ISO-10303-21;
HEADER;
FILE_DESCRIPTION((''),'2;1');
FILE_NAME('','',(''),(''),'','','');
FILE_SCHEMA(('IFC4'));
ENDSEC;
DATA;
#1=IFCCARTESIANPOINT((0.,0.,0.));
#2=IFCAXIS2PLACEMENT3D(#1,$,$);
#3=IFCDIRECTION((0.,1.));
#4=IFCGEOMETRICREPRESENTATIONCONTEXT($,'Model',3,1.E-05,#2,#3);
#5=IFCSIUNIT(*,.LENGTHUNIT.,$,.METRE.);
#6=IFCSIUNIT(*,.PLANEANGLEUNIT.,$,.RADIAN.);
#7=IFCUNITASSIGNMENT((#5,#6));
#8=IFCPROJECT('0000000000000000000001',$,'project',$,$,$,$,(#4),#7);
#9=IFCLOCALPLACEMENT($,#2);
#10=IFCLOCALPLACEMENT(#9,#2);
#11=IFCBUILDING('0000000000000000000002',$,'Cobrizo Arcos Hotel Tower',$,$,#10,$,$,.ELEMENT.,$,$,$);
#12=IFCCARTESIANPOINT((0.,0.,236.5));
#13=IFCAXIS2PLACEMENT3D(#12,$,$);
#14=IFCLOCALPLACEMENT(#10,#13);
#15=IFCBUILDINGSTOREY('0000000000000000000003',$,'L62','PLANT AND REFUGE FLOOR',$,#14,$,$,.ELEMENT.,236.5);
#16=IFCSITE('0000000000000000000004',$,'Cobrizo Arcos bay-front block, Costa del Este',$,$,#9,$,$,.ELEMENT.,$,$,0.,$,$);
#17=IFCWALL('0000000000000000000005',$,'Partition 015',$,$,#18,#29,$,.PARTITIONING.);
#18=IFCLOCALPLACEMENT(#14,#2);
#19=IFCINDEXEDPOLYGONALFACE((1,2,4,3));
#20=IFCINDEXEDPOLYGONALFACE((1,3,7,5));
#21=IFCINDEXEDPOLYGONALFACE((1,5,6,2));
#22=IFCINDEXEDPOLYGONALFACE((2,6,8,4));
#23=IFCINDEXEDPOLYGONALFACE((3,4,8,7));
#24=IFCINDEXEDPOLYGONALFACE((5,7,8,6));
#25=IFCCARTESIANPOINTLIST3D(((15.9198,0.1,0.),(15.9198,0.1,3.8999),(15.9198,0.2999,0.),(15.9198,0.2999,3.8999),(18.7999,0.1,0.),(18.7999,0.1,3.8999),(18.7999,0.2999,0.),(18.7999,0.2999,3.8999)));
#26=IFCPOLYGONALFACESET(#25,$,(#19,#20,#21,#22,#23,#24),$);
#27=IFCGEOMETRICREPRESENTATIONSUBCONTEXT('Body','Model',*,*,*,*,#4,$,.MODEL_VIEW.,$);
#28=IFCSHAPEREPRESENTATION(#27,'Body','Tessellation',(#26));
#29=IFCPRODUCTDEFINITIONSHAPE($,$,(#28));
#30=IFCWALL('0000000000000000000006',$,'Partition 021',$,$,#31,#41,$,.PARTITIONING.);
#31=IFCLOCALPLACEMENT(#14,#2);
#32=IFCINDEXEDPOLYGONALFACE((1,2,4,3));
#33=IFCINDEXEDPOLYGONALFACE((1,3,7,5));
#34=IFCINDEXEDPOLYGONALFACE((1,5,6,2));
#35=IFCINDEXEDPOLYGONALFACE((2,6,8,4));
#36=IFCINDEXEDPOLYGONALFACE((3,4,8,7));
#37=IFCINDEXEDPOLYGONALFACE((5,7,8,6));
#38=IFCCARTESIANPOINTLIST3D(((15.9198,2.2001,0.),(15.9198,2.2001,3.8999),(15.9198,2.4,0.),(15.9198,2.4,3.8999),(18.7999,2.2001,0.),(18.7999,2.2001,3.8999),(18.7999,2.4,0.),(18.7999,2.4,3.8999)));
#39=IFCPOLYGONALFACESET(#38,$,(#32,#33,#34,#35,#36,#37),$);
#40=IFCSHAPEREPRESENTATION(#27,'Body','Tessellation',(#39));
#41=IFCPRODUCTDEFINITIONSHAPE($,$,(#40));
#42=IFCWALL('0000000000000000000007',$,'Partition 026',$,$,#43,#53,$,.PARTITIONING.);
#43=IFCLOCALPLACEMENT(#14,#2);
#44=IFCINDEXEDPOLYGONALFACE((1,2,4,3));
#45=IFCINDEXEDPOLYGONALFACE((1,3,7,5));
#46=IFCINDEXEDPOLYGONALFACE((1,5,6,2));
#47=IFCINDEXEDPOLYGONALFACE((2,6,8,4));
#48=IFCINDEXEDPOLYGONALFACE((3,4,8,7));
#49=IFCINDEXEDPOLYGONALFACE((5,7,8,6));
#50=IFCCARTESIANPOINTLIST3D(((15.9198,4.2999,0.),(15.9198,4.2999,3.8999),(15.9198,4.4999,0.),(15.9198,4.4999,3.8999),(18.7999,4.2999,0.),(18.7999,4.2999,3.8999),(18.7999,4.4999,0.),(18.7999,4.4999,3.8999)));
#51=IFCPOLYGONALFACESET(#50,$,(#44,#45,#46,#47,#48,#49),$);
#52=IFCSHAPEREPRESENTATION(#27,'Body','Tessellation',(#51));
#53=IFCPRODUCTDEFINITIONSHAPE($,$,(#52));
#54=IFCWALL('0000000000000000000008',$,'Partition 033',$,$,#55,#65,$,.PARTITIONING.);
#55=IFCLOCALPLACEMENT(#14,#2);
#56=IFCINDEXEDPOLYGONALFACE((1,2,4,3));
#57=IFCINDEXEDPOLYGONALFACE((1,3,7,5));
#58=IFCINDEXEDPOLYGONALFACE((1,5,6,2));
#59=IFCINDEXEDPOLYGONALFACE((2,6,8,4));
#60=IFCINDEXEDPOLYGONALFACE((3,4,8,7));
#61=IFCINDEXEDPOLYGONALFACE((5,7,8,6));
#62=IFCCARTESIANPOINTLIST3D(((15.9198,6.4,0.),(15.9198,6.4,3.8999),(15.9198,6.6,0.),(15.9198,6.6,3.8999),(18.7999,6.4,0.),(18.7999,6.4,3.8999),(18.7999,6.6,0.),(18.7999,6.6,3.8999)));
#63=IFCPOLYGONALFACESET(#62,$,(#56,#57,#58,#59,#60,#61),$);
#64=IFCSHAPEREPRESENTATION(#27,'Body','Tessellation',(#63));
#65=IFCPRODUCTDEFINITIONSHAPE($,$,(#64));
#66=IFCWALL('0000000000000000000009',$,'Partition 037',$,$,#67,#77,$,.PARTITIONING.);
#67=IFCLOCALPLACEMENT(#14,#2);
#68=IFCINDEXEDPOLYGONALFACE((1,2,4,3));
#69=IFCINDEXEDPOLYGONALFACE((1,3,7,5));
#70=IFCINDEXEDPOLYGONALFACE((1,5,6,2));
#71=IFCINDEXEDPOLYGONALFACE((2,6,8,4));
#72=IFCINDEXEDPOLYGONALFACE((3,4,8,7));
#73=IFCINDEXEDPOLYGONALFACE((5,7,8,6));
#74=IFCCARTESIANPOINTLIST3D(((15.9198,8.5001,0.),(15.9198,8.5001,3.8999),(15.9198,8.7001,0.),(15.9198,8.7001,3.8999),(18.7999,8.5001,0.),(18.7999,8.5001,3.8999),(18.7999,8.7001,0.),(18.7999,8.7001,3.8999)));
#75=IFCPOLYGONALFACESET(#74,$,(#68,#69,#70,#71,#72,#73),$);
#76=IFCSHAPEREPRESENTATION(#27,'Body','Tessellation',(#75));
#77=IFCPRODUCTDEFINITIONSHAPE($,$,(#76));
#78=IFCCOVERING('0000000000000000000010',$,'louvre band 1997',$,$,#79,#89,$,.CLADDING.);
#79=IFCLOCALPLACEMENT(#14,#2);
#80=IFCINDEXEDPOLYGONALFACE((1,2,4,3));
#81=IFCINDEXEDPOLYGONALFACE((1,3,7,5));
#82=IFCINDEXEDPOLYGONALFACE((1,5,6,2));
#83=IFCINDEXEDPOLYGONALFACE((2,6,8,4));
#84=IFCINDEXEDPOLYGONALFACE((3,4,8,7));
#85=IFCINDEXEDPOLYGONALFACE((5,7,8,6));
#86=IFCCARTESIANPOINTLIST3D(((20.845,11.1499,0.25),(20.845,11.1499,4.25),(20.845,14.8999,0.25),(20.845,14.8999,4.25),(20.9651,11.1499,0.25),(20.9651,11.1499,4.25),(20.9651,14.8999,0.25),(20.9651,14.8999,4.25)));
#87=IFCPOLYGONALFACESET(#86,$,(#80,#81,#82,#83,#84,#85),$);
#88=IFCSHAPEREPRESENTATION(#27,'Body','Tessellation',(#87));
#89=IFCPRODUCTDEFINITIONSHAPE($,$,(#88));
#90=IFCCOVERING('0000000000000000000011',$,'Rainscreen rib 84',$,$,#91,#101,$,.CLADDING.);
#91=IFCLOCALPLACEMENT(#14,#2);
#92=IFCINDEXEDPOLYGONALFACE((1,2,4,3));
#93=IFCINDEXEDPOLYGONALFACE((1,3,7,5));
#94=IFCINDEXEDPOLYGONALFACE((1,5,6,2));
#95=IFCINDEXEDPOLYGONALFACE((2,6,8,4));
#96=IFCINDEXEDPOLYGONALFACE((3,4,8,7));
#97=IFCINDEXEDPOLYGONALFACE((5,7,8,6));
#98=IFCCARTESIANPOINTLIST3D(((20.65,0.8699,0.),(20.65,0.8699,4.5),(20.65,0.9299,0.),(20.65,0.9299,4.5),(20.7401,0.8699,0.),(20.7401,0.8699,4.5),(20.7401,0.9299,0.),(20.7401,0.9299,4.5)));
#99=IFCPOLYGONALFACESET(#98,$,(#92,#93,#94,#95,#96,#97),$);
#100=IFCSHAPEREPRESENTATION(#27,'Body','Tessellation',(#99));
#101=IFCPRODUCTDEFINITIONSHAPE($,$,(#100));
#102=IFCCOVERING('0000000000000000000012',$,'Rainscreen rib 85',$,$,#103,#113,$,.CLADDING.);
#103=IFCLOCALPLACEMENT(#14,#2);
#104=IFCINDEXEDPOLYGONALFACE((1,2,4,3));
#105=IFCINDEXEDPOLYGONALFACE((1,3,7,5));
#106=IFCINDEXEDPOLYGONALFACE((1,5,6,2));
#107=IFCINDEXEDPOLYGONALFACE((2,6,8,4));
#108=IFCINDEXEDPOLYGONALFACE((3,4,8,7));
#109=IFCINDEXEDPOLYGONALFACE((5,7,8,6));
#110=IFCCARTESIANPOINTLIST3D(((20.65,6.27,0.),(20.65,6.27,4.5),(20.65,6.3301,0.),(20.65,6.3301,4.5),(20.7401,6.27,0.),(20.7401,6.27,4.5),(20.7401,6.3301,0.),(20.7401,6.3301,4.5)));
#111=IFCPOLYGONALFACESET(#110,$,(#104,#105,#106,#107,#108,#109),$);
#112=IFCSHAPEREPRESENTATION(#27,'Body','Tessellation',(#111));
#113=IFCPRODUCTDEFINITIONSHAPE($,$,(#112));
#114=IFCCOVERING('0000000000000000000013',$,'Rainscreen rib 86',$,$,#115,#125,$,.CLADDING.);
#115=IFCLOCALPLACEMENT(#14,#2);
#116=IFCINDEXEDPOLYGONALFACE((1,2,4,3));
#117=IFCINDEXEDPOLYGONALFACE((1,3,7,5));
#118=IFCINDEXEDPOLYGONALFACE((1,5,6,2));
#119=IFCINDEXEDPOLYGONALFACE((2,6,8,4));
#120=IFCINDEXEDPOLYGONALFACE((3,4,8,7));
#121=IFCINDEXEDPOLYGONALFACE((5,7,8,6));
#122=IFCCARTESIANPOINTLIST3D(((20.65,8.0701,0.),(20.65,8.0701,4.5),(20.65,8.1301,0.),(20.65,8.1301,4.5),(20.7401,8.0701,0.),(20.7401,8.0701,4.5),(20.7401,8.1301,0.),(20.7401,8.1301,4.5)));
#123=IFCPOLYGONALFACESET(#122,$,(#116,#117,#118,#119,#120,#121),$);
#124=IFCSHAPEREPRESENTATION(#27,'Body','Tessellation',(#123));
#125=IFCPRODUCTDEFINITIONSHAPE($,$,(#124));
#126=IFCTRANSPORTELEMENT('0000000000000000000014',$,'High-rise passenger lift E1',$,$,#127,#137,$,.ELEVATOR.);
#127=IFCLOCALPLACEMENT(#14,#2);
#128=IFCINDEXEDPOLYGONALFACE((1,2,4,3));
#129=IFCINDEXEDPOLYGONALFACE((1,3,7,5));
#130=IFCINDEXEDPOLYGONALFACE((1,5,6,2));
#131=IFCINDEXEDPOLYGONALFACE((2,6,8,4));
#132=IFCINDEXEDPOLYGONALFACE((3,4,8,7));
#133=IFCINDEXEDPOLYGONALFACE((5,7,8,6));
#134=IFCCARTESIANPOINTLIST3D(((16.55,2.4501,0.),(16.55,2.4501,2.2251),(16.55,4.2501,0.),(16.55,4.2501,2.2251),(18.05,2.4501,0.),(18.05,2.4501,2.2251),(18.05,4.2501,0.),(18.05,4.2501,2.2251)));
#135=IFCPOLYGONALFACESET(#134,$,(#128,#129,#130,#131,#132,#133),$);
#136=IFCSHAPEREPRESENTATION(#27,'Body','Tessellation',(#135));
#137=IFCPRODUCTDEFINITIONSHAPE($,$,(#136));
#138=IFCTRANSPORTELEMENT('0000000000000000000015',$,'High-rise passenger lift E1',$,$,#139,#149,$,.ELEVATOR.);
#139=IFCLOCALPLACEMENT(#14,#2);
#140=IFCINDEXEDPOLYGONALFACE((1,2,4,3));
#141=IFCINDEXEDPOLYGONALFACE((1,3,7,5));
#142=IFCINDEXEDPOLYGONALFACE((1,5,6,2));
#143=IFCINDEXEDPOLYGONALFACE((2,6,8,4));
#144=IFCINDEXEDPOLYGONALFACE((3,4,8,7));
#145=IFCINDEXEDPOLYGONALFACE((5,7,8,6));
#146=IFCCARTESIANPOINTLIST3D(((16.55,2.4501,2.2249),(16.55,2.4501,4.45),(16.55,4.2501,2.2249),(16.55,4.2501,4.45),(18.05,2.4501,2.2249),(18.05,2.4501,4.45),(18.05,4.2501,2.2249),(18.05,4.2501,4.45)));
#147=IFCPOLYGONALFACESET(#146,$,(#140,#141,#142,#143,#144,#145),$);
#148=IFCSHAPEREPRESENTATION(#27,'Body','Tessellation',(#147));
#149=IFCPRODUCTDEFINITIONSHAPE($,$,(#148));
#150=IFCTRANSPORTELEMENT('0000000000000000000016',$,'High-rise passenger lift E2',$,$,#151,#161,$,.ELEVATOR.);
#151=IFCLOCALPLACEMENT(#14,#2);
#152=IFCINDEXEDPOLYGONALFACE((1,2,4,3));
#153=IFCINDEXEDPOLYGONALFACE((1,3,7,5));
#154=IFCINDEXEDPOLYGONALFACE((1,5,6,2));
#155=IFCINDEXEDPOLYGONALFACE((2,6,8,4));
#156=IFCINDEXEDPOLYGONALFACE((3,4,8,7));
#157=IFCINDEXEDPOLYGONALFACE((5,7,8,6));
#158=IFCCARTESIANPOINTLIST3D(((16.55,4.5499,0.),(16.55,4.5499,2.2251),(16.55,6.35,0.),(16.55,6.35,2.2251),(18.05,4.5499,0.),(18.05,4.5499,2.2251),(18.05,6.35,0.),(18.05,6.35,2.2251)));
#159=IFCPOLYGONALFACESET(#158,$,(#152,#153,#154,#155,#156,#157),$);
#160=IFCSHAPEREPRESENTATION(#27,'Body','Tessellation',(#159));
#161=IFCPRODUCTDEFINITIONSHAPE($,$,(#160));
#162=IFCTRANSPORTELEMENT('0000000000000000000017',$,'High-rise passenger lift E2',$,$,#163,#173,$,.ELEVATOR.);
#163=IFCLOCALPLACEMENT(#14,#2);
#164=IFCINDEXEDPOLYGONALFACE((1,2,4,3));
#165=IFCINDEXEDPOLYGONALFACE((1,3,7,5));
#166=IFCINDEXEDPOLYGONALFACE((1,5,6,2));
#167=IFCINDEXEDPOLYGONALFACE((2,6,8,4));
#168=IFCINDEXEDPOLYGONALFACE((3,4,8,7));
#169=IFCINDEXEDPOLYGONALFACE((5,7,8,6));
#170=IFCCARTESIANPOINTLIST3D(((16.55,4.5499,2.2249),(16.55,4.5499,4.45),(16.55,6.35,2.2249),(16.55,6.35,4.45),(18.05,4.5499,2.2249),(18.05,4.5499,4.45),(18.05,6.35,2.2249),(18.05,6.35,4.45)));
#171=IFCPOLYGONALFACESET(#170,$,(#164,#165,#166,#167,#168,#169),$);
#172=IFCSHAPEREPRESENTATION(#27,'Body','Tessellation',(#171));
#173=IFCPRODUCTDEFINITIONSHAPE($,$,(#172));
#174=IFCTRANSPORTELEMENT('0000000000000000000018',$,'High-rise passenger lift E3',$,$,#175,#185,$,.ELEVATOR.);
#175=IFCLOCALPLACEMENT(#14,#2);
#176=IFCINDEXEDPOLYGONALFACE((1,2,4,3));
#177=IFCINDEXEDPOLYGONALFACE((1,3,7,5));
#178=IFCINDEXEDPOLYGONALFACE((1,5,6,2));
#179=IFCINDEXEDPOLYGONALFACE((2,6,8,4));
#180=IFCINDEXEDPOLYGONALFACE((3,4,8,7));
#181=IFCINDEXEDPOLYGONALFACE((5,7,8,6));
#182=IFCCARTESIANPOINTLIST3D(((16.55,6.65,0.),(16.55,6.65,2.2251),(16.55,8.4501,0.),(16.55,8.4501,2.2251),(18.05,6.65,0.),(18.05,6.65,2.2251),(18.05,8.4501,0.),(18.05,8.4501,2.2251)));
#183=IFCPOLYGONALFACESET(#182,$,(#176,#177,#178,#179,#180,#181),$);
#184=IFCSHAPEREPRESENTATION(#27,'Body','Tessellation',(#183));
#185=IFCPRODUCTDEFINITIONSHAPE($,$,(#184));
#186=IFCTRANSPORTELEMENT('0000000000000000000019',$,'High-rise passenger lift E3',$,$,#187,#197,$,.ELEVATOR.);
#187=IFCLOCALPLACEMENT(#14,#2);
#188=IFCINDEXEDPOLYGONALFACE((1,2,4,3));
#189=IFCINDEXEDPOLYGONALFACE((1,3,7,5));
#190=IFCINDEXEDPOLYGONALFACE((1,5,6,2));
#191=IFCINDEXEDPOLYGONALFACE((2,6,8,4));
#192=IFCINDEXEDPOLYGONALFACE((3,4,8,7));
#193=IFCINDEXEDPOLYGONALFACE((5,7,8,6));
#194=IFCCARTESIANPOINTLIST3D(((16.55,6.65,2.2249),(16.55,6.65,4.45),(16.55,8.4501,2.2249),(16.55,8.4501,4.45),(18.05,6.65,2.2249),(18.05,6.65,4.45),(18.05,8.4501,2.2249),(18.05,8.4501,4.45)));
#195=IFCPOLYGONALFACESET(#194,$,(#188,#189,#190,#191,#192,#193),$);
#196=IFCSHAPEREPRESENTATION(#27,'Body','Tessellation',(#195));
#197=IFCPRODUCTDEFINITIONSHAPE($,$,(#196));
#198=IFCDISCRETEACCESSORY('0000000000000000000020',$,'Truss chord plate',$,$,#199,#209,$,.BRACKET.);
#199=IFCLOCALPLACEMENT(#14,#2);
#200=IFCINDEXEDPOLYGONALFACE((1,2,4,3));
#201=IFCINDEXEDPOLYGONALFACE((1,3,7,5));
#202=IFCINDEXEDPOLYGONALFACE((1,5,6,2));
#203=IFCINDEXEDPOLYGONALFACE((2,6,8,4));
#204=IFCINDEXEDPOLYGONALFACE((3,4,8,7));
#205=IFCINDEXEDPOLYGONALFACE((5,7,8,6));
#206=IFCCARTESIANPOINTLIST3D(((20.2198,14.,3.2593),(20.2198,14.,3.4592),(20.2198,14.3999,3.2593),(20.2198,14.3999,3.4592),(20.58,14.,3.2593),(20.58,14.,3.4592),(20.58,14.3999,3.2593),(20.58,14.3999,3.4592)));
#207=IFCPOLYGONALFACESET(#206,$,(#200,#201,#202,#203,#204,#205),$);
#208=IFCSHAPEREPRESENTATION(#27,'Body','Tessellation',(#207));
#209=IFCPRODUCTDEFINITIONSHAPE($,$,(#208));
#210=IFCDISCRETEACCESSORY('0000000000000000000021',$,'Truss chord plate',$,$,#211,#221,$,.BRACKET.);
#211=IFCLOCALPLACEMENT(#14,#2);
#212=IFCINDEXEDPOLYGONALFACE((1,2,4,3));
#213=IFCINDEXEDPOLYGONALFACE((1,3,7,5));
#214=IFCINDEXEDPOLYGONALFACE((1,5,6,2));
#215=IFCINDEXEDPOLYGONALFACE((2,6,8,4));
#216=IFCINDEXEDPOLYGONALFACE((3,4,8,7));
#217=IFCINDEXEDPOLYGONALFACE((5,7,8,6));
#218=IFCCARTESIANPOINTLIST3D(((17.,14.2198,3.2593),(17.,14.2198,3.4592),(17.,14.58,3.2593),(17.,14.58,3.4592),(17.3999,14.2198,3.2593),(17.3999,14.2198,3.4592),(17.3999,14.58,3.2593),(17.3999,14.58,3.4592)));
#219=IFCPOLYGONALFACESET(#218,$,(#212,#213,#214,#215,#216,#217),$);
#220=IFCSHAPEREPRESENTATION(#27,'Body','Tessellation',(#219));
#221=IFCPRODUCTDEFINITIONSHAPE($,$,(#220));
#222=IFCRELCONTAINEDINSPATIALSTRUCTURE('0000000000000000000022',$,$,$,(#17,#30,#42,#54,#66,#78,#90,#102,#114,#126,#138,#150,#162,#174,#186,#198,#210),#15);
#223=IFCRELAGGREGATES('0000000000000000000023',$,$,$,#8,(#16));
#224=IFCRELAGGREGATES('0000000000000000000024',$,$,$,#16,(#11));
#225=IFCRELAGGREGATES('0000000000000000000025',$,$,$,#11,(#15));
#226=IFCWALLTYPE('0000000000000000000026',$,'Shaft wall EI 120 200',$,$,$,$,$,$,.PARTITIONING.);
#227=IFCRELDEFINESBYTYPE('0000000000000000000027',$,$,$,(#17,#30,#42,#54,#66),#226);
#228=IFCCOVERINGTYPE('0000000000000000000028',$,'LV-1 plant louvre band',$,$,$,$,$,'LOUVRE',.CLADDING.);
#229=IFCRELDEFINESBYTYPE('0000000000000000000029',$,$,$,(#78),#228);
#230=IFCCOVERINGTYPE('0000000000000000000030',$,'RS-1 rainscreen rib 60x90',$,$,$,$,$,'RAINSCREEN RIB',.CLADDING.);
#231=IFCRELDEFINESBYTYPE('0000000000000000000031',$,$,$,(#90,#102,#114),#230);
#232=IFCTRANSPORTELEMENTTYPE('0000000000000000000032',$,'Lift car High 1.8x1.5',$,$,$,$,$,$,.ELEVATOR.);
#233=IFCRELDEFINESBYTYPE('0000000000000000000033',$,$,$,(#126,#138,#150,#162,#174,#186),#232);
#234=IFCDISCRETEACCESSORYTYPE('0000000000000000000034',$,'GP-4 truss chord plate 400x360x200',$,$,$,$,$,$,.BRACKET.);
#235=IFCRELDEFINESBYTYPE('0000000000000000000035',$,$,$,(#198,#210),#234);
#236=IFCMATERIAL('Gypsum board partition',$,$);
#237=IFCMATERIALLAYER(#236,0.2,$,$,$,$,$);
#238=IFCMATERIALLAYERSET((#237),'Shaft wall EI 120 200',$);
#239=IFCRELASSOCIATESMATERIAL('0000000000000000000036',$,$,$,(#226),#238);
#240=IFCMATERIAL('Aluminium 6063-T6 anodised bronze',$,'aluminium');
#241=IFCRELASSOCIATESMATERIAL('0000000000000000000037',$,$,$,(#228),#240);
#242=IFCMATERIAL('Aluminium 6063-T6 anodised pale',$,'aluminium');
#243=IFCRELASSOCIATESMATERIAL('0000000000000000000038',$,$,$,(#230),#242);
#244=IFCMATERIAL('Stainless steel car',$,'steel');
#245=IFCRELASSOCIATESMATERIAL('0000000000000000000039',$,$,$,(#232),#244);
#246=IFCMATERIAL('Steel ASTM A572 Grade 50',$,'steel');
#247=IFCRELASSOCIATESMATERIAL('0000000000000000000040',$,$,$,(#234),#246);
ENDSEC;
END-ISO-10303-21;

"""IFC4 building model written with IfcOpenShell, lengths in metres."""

from ifc_helpers import new_model, si_unit, direction, frame, frame_2d, origin, origin_2d, place, context, subcontext, project, spatial, rectangle, extrude, material, layer, layer_set, type_object, element, save


model = new_model("IFC4")

# Units and contexts
model_context = context("Model", 3, precision=1e-05, world=origin(), true_north=direction((0.0, 1.0)))
body_context = subcontext(model_context, "Body", "Model", "MODEL_VIEW")
ifc_project = project(units=[si_unit("LENGTHUNIT", "METRE"), si_unit("PLANEANGLEUNIT", "RADIAN")], contexts=[model_context])

# Site, building, storey
site_placement = place(None, origin())
site = spatial("IfcSite", under=ifc_project, at=site_placement, Name="Cobrizo Arcos bay-front block, Costa del Este", CompositionType="ELEMENT", RefElevation=0.0)
building_placement = place(site_placement, origin())
building = spatial("IfcBuilding", under=site, at=building_placement, Name="Cobrizo Arcos Hotel Tower", CompositionType="ELEMENT")
storey_placement = place(building_placement, frame((0.0, 0.0, 236.5)))
storey = spatial("IfcBuildingStorey", under=building, at=storey_placement, Name="L62", Description="PLANT AND REFUGE FLOOR", CompositionType="ELEMENT", Elevation=236.5)

# Shared definitions
ifc_material_1 = material(Name="Aluminium 6063-T6 anodised bronze", Category="aluminium")

# Shared definitions
ifc_material_2 = material(Name="Gypsum board partition")

# Walls
ifc_layer_1 = layer(ifc_material_2, 0.2)
ifc_layer_set_1 = layer_set([ifc_layer_1], Name="Shaft wall EI 120 200")
wall_type_1 = type_object("IfcWallType", Name="Shaft wall EI 120 200", PredefinedType="PARTITIONING", material=ifc_layer_set_1)
for number, where, z_axis, x_axis, name in (
    (1, (15.9199, 0.2, 0.0), (0.0, 0.0, 1.0), (1.0, 0.0, 0.0), "Partition 015"),
    (2, (15.9199, 2.3, 0.0), (0.0, 0.0, 1.0), (1.0, 0.0, 0.0), "Partition 021"),
    (3, (15.9199, 4.3999, 0.0), (0.0, 0.0, 1.0), (1.0, 0.0, 0.0), "Partition 026"),
    (4, (15.9199, 6.5, 0.0), (0.0, 0.0, 1.0), (1.0, 0.0, 0.0), "Partition 033"),
    (5, (15.9199, 8.6001, 0.0), (0.0, 0.0, 1.0), (1.0, 0.0, 0.0), "Partition 037"),
):
    element("IfcWall", number, at=place(storey_placement, frame(where, z_axis=z_axis, x_axis=x_axis)), inside=storey, type_object=wall_type_1, Name=name, PredefinedType="PARTITIONING", context=body_context, shape_type="SweptSolid", body=[
        extrude(rectangle(XDim=2.8801, YDim=0.2, at=frame_2d((1.4399, 0.0))), origin(), (0.0, 0.0, 1.0), 3.8999),
    ])

# Coverings
covering_type_1 = type_object("IfcCoveringType", Name="LV-1 plant louvre band", ElementType="LOUVRE", PredefinedType="CLADDING", material=ifc_material_1)
covering_placement = place(storey_placement, frame((20.905, 13.0249, 0.25), z_axis=(0.0, 0.0, 1.0), x_axis=(0.0, 1.0, 0.0)))
element("IfcCovering", 6, at=covering_placement, inside=storey, type_object=covering_type_1, Name="louvre band 1997", PredefinedType="CLADDING", context=body_context, shape_type="SweptSolid", body=[
    extrude(rectangle(XDim=3.75, YDim=0.1201, at=origin_2d()), origin(), (0.0, 0.0, 1.0), 4.0),
])
ifc_material_3 = material(Name="Aluminium 6063-T6 anodised pale", Category="aluminium")
covering_type_2 = type_object("IfcCoveringType", Name="RS-1 rainscreen rib 60x90", ElementType="RAINSCREEN RIB", PredefinedType="CLADDING", material=ifc_material_3)
for number, where, z_axis, x_axis, name in (
    (7, (20.6951, 0.8999, 0.0), (0.0, 0.0, 1.0), (0.0, 1.0, 0.0), "Rainscreen rib 84"),
    (8, (20.6951, 6.3, 0.0), (0.0, 0.0, 1.0), (0.0, 1.0, 0.0), "Rainscreen rib 85"),
    (9, (20.6951, 8.1001, 0.0), (0.0, 0.0, 1.0), (0.0, 1.0, 0.0), "Rainscreen rib 86"),
):
    element("IfcCovering", number, at=place(storey_placement, frame(where, z_axis=z_axis, x_axis=x_axis)), inside=storey, type_object=covering_type_2, Name=name, PredefinedType="CLADDING", context=body_context, shape_type="SweptSolid", body=[
        extrude(rectangle(XDim=0.0601, YDim=0.0901, at=origin_2d()), origin(), (0.0, 0.0, 1.0), 4.5),
    ])

# Transport elements
ifc_material_4 = material(Name="Stainless steel car", Category="steel")
transport_element_type = type_object("IfcTransportElementType", Name="Lift car High 1.8x1.5", PredefinedType="ELEVATOR", material=ifc_material_4)
for number, where, z_axis, x_axis, name in (
    (10, (17.3, 3.3501, 0.0), (0.0, 0.0, 1.0), (1.0, 0.0, 0.0), "High-rise passenger lift E1"),
    (11, (17.3, 3.3501, 2.2249), (0.0, 0.0, 1.0), (1.0, 0.0, 0.0), "High-rise passenger lift E1"),
    (12, (17.3, 5.45, 0.0), (0.0, 0.0, 1.0), (1.0, 0.0, 0.0), "High-rise passenger lift E2"),
    (13, (17.3, 5.45, 2.2249), (0.0, 0.0, 1.0), (1.0, 0.0, 0.0), "High-rise passenger lift E2"),
    (14, (17.3, 7.55, 0.0), (0.0, 0.0, 1.0), (1.0, 0.0, 0.0), "High-rise passenger lift E3"),
    (15, (17.3, 7.55, 2.2249), (0.0, 0.0, 1.0), (1.0, 0.0, 0.0), "High-rise passenger lift E3"),
):
    element("IfcTransportElement", number, at=place(storey_placement, frame(where, z_axis=z_axis, x_axis=x_axis)), inside=storey, type_object=transport_element_type, Name=name, PredefinedType="ELEVATOR", context=body_context, shape_type="SweptSolid", body=[
        extrude(rectangle(XDim=1.5, YDim=1.8, at=origin_2d()), origin(), (0.0, 0.0, 1.0), 2.2251),
    ])

# Discrete accessories
ifc_material_5 = material(Name="Steel ASTM A572 Grade 50", Category="steel")
discrete_accessory_type = type_object("IfcDiscreteAccessoryType", Name="GP-4 truss chord plate 400x360x200", PredefinedType="BRACKET", material=ifc_material_5)
for number, where, z_axis, x_axis, name in (
    (16, (20.3999, 14.2, 3.2593), (0.0, 0.0, 1.0), (0.0, 1.0, 0.0), "Truss chord plate"),
    (17, (17.2, 14.3999, 3.2593), (0.0, 0.0, 1.0), (-1.0, 0.0, 0.0), "Truss chord plate"),
):
    element("IfcDiscreteAccessory", number, at=place(storey_placement, frame(where, z_axis=z_axis, x_axis=x_axis)), inside=storey, type_object=discrete_accessory_type, Name=name, PredefinedType="BRACKET", context=body_context, shape_type="SweptSolid", body=[
        extrude(rectangle(XDim=0.3999, YDim=0.3601, at=origin_2d()), origin(), (0.0, 0.0, 1.0), 0.2),
    ])

save(model, "model.ifc")
